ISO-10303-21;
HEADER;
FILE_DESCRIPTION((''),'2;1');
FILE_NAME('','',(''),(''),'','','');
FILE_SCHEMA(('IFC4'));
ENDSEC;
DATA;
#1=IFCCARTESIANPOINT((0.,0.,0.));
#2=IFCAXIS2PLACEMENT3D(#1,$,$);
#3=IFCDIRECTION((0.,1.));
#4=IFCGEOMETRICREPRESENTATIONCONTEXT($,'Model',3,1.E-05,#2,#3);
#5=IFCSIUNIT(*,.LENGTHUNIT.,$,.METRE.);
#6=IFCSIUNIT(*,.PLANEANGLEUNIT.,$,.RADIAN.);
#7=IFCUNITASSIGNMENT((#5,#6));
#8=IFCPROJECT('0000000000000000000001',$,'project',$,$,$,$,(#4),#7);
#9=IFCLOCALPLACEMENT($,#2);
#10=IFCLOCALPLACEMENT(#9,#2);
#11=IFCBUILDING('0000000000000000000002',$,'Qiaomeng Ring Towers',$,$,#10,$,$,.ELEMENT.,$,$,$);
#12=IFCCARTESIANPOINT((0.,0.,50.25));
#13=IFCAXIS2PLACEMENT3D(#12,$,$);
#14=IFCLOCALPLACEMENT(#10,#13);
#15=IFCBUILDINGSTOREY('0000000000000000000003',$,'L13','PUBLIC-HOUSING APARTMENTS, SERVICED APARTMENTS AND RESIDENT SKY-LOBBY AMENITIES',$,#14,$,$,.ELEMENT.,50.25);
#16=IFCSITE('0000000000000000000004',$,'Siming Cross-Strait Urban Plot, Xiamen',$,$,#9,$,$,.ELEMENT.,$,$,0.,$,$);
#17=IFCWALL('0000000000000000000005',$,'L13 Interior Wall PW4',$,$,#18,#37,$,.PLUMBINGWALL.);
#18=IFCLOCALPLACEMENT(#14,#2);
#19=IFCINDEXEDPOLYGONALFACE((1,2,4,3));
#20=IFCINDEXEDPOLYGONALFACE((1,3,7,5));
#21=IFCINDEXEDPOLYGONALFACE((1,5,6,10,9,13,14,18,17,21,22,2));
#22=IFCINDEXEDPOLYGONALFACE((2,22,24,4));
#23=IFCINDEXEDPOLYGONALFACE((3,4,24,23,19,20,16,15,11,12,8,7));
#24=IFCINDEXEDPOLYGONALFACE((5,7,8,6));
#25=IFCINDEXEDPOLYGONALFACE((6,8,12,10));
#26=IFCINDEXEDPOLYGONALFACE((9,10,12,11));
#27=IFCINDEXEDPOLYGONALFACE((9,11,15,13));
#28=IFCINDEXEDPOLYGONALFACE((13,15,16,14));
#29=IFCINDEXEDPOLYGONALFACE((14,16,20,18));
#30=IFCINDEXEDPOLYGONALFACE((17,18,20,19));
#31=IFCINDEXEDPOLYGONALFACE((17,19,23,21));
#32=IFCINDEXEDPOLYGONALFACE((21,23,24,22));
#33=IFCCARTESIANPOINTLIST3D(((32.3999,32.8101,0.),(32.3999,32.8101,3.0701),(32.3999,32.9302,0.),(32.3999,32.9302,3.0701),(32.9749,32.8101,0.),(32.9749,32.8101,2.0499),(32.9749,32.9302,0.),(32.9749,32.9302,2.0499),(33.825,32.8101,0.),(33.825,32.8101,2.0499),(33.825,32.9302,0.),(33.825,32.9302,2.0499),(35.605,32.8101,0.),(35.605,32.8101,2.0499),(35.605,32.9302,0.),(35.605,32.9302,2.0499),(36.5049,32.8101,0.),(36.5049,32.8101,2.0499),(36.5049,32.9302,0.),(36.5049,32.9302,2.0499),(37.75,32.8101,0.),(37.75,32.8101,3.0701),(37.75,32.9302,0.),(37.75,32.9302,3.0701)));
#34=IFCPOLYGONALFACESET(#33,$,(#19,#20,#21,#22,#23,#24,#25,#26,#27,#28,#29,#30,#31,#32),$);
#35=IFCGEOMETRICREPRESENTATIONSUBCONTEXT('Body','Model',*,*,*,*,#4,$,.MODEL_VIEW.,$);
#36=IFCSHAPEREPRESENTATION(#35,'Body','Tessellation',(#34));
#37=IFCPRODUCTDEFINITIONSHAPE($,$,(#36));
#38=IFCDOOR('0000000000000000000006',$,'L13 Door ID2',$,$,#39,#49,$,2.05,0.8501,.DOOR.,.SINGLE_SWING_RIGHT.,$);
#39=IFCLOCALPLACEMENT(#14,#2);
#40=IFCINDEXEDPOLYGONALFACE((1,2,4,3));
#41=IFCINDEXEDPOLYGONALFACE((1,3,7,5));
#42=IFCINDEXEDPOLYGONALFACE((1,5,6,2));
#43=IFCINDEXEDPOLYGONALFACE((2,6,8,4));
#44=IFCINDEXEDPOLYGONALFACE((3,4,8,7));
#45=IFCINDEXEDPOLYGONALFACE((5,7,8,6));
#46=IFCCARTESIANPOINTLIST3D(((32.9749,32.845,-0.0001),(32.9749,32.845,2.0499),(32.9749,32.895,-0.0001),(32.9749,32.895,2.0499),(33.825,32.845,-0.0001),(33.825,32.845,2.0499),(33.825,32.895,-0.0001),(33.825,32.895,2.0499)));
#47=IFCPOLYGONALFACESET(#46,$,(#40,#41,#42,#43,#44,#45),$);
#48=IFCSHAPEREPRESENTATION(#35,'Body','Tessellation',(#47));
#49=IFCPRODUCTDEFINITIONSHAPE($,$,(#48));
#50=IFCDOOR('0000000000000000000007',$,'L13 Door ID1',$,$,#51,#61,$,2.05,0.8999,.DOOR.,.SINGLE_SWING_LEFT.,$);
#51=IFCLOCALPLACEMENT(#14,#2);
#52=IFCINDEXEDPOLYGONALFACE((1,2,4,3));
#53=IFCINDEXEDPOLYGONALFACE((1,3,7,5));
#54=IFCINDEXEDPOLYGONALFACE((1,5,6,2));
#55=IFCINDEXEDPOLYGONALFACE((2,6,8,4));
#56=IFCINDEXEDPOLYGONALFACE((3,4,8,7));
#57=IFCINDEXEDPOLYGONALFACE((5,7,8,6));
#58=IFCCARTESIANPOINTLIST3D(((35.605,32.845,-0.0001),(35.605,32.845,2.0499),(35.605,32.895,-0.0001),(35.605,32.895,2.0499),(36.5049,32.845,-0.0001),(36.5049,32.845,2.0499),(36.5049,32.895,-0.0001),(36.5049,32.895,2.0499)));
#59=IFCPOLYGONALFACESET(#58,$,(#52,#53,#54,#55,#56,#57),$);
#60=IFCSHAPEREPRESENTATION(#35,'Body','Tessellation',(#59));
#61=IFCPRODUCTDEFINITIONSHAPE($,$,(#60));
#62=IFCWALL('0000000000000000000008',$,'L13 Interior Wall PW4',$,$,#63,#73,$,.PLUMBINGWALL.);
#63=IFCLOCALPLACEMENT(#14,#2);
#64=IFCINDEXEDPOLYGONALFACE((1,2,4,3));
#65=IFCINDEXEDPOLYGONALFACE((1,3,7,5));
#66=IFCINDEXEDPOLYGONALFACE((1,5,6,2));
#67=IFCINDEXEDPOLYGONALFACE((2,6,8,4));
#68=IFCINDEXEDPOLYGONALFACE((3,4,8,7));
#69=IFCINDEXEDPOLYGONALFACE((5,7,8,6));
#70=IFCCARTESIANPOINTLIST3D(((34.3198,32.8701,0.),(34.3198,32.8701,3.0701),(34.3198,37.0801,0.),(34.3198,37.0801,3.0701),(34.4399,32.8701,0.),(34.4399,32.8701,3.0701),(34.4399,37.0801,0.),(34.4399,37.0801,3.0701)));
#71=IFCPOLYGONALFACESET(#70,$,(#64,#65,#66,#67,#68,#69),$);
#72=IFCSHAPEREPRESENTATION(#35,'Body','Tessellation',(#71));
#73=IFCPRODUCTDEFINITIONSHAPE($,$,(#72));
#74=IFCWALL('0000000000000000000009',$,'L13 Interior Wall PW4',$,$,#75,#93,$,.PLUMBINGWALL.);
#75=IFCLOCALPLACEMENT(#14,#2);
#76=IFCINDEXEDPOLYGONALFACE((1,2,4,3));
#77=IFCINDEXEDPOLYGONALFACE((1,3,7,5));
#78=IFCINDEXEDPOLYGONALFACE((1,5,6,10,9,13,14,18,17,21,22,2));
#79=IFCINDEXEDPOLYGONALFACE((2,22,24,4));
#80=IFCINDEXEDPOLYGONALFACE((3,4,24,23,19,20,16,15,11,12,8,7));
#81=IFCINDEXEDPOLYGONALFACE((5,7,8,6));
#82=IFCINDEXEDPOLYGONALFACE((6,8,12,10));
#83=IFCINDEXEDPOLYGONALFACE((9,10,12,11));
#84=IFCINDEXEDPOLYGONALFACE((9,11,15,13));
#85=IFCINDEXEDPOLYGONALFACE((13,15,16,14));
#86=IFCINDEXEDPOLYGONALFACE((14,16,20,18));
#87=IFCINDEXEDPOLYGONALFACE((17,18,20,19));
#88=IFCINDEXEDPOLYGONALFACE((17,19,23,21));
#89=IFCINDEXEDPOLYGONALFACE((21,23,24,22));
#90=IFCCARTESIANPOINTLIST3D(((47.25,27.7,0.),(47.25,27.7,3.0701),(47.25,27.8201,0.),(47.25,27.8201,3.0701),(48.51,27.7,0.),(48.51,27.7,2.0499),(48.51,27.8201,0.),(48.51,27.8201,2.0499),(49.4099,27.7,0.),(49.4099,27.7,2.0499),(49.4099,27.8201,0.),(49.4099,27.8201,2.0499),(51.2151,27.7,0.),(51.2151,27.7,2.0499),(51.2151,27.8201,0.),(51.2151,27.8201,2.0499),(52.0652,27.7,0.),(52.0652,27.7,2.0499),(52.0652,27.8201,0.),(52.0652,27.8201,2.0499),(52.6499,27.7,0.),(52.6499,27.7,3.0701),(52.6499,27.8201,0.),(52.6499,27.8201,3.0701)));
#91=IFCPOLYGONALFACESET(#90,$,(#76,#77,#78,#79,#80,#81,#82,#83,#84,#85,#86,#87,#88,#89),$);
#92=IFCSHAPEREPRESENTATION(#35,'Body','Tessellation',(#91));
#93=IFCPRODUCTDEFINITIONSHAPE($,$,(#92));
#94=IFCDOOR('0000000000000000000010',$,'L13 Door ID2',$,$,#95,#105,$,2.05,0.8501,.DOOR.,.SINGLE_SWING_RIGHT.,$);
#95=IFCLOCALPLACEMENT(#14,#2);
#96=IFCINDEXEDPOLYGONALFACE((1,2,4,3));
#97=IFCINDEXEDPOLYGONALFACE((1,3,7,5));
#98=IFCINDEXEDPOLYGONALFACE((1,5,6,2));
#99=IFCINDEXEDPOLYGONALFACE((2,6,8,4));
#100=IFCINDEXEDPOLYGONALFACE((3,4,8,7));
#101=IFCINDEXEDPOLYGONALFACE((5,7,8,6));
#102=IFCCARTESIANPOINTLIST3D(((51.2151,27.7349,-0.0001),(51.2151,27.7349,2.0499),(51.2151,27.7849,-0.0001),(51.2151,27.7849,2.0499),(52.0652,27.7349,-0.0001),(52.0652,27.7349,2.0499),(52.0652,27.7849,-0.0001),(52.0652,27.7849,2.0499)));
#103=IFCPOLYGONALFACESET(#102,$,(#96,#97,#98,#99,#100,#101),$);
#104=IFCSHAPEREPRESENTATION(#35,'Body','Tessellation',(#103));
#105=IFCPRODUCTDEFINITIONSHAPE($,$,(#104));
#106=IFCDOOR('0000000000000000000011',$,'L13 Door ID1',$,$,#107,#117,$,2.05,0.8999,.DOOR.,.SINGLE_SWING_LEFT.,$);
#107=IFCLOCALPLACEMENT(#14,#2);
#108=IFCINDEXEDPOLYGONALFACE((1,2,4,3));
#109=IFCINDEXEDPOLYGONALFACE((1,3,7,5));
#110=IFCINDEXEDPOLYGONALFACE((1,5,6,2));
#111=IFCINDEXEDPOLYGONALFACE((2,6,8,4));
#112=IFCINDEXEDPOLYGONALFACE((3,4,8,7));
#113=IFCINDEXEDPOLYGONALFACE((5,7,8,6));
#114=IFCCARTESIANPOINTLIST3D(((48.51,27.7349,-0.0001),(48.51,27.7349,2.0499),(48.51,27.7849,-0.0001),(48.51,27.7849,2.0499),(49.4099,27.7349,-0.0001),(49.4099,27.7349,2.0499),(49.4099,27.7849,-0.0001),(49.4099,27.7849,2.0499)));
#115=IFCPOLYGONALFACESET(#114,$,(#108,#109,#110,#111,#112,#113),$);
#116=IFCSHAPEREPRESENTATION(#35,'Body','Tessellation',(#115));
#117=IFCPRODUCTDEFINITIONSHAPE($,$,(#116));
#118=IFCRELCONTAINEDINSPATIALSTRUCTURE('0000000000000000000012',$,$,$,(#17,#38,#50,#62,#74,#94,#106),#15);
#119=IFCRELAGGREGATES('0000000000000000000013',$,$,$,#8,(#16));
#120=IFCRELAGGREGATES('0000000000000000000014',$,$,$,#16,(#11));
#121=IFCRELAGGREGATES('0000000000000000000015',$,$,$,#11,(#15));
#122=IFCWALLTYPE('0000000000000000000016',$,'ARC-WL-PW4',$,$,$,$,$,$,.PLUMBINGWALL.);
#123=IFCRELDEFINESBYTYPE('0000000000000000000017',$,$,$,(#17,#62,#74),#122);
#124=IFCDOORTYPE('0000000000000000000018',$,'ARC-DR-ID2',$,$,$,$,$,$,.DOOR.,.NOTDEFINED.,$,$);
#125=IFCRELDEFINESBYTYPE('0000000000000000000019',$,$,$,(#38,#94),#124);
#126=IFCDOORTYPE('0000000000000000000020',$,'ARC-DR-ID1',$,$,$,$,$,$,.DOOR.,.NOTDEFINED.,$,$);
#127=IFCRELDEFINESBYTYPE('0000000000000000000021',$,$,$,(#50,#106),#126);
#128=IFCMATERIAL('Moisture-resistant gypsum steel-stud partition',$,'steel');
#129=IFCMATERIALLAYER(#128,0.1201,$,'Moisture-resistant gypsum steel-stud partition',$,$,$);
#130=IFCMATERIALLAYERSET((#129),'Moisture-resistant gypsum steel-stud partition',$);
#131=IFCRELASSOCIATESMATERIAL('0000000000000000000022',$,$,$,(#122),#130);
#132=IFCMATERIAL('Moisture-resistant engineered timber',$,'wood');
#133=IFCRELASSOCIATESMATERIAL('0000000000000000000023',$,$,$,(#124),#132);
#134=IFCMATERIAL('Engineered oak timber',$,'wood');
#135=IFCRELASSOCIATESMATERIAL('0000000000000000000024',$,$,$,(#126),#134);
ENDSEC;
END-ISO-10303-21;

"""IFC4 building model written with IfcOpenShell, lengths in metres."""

from ifc_helpers import new_model, si_unit, direction, frame, frame_2d, origin, place, context, subcontext, project, spatial, rectangle, extrude, source, transform, mapped, material, layer, layer_set, type_object, element, fill, save


model = new_model("IFC4")

# Units and contexts
model_context = context("Model", 3, precision=1e-05, world=origin(), true_north=direction((0.0, 1.0)))
body_context = subcontext(model_context, "Body", "Model", "MODEL_VIEW")
ifc_project = project(units=[si_unit("LENGTHUNIT", "METRE"), si_unit("PLANEANGLEUNIT", "RADIAN")], contexts=[model_context])

# Site, building, storey
site_placement = place(None, origin())
site = spatial("IfcSite", under=ifc_project, at=site_placement, Name="Siming Cross-Strait Urban Plot, Xiamen", CompositionType="ELEMENT", RefElevation=0.0)
building_placement = place(site_placement, origin())
building = spatial("IfcBuilding", under=site, at=building_placement, Name="Qiaomeng Ring Towers", CompositionType="ELEMENT")
storey_placement = place(building_placement, frame((0.0, 0.0, 50.25)))
storey = spatial("IfcBuildingStorey", under=building, at=storey_placement, Name="L13", Description="PUBLIC-HOUSING APARTMENTS, SERVICED APARTMENTS AND RESIDENT SKY-LOBBY AMENITIES", CompositionType="ELEMENT", Elevation=50.25)

# Shared definitions
ifc_material_1 = material(Name="Moisture-resistant gypsum steel-stud partition", Category="steel")
ifc_layer_1 = layer(ifc_material_1, 0.1201, Name="Moisture-resistant gypsum steel-stud partition")
ifc_layer_set_1 = layer_set([ifc_layer_1], Name="Moisture-resistant gypsum steel-stud partition")
wall_type_1 = type_object("IfcWallType", Name="ARC-WL-PW4", PredefinedType="PLUMBINGWALL", material=ifc_layer_set_1)
ifc_material_2 = material(Name="Moisture-resistant engineered timber", Category="wood")
door_type_1 = type_object("IfcDoorType", Name="ARC-DR-ID2", OperationType="NOTDEFINED", PredefinedType="DOOR", material=ifc_material_2)
shared_shape_1 = source(origin(), body_context, "Body", "SweptSolid", [
    extrude(rectangle(XDim=0.8501, YDim=2.05, at=frame_2d((0.425, 1.0249))), frame((0.0, 0.0249, 0.0), z_axis=(0.0, -1.0, 0.0), x_axis=(1.0, 0.0, 0.0)), (0.0, 0.0, 1.0), 0.05),
])
ifc_material_3 = material(Name="Engineered oak timber", Category="wood")
door_type_2 = type_object("IfcDoorType", Name="ARC-DR-ID1", OperationType="NOTDEFINED", PredefinedType="DOOR", material=ifc_material_3)
shared_shape_2 = source(origin(), body_context, "Body", "SweptSolid", [
    extrude(rectangle(XDim=0.8999, YDim=2.05, at=frame_2d((0.45, 1.0249))), frame((0.0, 0.0249, 0.0), z_axis=(0.0, -1.0, 0.0), x_axis=(1.0, 0.0, 0.0)), (0.0, 0.0, 1.0), 0.05),
])

# Wall, openings, doors
wall_1_placement = place(storey_placement, frame((32.3999, 32.8701, 0.0), z_axis=(0.0, 0.0, 1.0), x_axis=(1.0, 0.0, 0.0)))
wall_1 = element("IfcWall", 1, at=wall_1_placement, inside=storey, type_object=wall_type_1, Name="L13 Interior Wall PW4", PredefinedType="PLUMBINGWALL", context=body_context, shape_type="SweptSolid", body=[
    extrude(rectangle(XDim=5.3501, YDim=0.1201, at=frame_2d((2.675, 0.0))), origin(), (0.0, 0.0, 1.0), 3.0701),
])
opening_1_placement = place(wall_1_placement, frame((0.575, 0.0, 0.0)))
opening_1 = element("IfcOpeningElement", 2, at=opening_1_placement, cuts=wall_1, PredefinedType="OPENING", context=body_context, shape_type="SweptSolid", body=[
    extrude(rectangle(XDim=0.8501, YDim=2.05, at=frame_2d((0.425, 1.0249))), frame((0.0, 0.0701, 0.0), z_axis=(0.0, -1.0, 0.0), x_axis=(1.0, 0.0, 0.0)), (0.0, 0.0, 1.0), 0.1401),
])
opening_2_placement = place(wall_1_placement, frame((3.2051, 0.0, 0.0)))
opening_2 = element("IfcOpeningElement", 3, at=opening_2_placement, cuts=wall_1, PredefinedType="OPENING", context=body_context, shape_type="SweptSolid", body=[
    extrude(rectangle(XDim=0.8999, YDim=2.05, at=frame_2d((0.45, 1.0249))), frame((0.0, 0.0701, 0.0), z_axis=(0.0, -1.0, 0.0), x_axis=(1.0, 0.0, 0.0)), (0.0, 0.0, 1.0), 0.1401),
])
door_1_placement = place(opening_1_placement, origin())
door_1 = element("IfcDoor", 4, at=door_1_placement, inside=storey, type_object=door_type_1, Name="L13 Door ID2", OperationType="SINGLE_SWING_RIGHT", OverallHeight=2.05, OverallWidth=0.8501, PredefinedType="DOOR", context=body_context, shape_type="MappedRepresentation", body=[
    mapped(shared_shape_1, transform((0.0, 0.0, 0.0), x_axis=(1.0, 0.0, 0.0), y_axis=(0.0, 1.0, 0.0), z_axis=(0.0, 0.0, 1.0), scale=1.0)),
])
fill(opening_1, door_1)
door_2_placement = place(opening_2_placement, origin())
door_2 = element("IfcDoor", 5, at=door_2_placement, inside=storey, type_object=door_type_2, Name="L13 Door ID1", OperationType="SINGLE_SWING_LEFT", OverallHeight=2.05, OverallWidth=0.8999, PredefinedType="DOOR", context=body_context, shape_type="MappedRepresentation", body=[
    mapped(shared_shape_2, transform((0.0, 0.0, 0.0), x_axis=(1.0, 0.0, 0.0), y_axis=(0.0, 1.0, 0.0), z_axis=(0.0, 0.0, 1.0), scale=1.0)),
])
fill(opening_2, door_2)

# Wall
wall_2_placement = place(storey_placement, frame((34.3799, 32.8701, 0.0), z_axis=(0.0, 0.0, 1.0), x_axis=(0.0, 1.0, 0.0)))
element("IfcWall", 6, at=wall_2_placement, inside=storey, type_object=wall_type_1, Name="L13 Interior Wall PW4", PredefinedType="PLUMBINGWALL", context=body_context, shape_type="SweptSolid", body=[
    extrude(rectangle(XDim=4.21, YDim=0.1201, at=frame_2d((2.105, 0.0))), origin(), (0.0, 0.0, 1.0), 3.0701),
])

# Wall, openings, doors
wall_3_placement = place(storey_placement, frame((47.25, 27.76, 0.0), z_axis=(0.0, 0.0, 1.0), x_axis=(1.0, 0.0, 0.0)))
wall_3 = element("IfcWall", 7, at=wall_3_placement, inside=storey, type_object=wall_type_1, Name="L13 Interior Wall PW4", PredefinedType="PLUMBINGWALL", context=body_context, shape_type="SweptSolid", body=[
    extrude(rectangle(XDim=5.3999, YDim=0.1201, at=frame_2d((2.7, 0.0))), origin(), (0.0, 0.0, 1.0), 3.0701),
])
opening_3_placement = place(wall_3_placement, frame((1.26, 0.0, 0.0)))
opening_3 = element("IfcOpeningElement", 8, at=opening_3_placement, cuts=wall_3, PredefinedType="OPENING", context=body_context, shape_type="SweptSolid", body=[
    extrude(rectangle(XDim=0.8999, YDim=2.05, at=frame_2d((0.45, 1.0249))), frame((0.0, 0.0701, 0.0), z_axis=(0.0, -1.0, 0.0), x_axis=(1.0, 0.0, 0.0)), (0.0, 0.0, 1.0), 0.1401),
])
opening_4_placement = place(wall_3_placement, frame((3.9651, 0.0, 0.0)))
opening_4 = element("IfcOpeningElement", 9, at=opening_4_placement, cuts=wall_3, PredefinedType="OPENING", context=body_context, shape_type="SweptSolid", body=[
    extrude(rectangle(XDim=0.8501, YDim=2.05, at=frame_2d((0.425, 1.0249))), frame((0.0, 0.0701, 0.0), z_axis=(0.0, -1.0, 0.0), x_axis=(1.0, 0.0, 0.0)), (0.0, 0.0, 1.0), 0.1401),
])
door_3_placement = place(opening_4_placement, origin())
door_3 = element("IfcDoor", 10, at=door_3_placement, inside=storey, type_object=door_type_1, Name="L13 Door ID2", OperationType="SINGLE_SWING_RIGHT", OverallHeight=2.05, OverallWidth=0.8501, PredefinedType="DOOR", context=body_context, shape_type="MappedRepresentation", body=[
    mapped(shared_shape_1, transform((0.0, 0.0, 0.0), x_axis=(1.0, 0.0, 0.0), y_axis=(0.0, 1.0, 0.0), z_axis=(0.0, 0.0, 1.0), scale=1.0)),
])
fill(opening_4, door_3)
door_4_placement = place(opening_3_placement, origin())
door_4 = element("IfcDoor", 11, at=door_4_placement, inside=storey, type_object=door_type_2, Name="L13 Door ID1", OperationType="SINGLE_SWING_LEFT", OverallHeight=2.05, OverallWidth=0.8999, PredefinedType="DOOR", context=body_context, shape_type="MappedRepresentation", body=[
    mapped(shared_shape_2, transform((0.0, 0.0, 0.0), x_axis=(1.0, 0.0, 0.0), y_axis=(0.0, 1.0, 0.0), z_axis=(0.0, 0.0, 1.0), scale=1.0)),
])
fill(opening_3, door_4)

save(model, "model.ifc")
